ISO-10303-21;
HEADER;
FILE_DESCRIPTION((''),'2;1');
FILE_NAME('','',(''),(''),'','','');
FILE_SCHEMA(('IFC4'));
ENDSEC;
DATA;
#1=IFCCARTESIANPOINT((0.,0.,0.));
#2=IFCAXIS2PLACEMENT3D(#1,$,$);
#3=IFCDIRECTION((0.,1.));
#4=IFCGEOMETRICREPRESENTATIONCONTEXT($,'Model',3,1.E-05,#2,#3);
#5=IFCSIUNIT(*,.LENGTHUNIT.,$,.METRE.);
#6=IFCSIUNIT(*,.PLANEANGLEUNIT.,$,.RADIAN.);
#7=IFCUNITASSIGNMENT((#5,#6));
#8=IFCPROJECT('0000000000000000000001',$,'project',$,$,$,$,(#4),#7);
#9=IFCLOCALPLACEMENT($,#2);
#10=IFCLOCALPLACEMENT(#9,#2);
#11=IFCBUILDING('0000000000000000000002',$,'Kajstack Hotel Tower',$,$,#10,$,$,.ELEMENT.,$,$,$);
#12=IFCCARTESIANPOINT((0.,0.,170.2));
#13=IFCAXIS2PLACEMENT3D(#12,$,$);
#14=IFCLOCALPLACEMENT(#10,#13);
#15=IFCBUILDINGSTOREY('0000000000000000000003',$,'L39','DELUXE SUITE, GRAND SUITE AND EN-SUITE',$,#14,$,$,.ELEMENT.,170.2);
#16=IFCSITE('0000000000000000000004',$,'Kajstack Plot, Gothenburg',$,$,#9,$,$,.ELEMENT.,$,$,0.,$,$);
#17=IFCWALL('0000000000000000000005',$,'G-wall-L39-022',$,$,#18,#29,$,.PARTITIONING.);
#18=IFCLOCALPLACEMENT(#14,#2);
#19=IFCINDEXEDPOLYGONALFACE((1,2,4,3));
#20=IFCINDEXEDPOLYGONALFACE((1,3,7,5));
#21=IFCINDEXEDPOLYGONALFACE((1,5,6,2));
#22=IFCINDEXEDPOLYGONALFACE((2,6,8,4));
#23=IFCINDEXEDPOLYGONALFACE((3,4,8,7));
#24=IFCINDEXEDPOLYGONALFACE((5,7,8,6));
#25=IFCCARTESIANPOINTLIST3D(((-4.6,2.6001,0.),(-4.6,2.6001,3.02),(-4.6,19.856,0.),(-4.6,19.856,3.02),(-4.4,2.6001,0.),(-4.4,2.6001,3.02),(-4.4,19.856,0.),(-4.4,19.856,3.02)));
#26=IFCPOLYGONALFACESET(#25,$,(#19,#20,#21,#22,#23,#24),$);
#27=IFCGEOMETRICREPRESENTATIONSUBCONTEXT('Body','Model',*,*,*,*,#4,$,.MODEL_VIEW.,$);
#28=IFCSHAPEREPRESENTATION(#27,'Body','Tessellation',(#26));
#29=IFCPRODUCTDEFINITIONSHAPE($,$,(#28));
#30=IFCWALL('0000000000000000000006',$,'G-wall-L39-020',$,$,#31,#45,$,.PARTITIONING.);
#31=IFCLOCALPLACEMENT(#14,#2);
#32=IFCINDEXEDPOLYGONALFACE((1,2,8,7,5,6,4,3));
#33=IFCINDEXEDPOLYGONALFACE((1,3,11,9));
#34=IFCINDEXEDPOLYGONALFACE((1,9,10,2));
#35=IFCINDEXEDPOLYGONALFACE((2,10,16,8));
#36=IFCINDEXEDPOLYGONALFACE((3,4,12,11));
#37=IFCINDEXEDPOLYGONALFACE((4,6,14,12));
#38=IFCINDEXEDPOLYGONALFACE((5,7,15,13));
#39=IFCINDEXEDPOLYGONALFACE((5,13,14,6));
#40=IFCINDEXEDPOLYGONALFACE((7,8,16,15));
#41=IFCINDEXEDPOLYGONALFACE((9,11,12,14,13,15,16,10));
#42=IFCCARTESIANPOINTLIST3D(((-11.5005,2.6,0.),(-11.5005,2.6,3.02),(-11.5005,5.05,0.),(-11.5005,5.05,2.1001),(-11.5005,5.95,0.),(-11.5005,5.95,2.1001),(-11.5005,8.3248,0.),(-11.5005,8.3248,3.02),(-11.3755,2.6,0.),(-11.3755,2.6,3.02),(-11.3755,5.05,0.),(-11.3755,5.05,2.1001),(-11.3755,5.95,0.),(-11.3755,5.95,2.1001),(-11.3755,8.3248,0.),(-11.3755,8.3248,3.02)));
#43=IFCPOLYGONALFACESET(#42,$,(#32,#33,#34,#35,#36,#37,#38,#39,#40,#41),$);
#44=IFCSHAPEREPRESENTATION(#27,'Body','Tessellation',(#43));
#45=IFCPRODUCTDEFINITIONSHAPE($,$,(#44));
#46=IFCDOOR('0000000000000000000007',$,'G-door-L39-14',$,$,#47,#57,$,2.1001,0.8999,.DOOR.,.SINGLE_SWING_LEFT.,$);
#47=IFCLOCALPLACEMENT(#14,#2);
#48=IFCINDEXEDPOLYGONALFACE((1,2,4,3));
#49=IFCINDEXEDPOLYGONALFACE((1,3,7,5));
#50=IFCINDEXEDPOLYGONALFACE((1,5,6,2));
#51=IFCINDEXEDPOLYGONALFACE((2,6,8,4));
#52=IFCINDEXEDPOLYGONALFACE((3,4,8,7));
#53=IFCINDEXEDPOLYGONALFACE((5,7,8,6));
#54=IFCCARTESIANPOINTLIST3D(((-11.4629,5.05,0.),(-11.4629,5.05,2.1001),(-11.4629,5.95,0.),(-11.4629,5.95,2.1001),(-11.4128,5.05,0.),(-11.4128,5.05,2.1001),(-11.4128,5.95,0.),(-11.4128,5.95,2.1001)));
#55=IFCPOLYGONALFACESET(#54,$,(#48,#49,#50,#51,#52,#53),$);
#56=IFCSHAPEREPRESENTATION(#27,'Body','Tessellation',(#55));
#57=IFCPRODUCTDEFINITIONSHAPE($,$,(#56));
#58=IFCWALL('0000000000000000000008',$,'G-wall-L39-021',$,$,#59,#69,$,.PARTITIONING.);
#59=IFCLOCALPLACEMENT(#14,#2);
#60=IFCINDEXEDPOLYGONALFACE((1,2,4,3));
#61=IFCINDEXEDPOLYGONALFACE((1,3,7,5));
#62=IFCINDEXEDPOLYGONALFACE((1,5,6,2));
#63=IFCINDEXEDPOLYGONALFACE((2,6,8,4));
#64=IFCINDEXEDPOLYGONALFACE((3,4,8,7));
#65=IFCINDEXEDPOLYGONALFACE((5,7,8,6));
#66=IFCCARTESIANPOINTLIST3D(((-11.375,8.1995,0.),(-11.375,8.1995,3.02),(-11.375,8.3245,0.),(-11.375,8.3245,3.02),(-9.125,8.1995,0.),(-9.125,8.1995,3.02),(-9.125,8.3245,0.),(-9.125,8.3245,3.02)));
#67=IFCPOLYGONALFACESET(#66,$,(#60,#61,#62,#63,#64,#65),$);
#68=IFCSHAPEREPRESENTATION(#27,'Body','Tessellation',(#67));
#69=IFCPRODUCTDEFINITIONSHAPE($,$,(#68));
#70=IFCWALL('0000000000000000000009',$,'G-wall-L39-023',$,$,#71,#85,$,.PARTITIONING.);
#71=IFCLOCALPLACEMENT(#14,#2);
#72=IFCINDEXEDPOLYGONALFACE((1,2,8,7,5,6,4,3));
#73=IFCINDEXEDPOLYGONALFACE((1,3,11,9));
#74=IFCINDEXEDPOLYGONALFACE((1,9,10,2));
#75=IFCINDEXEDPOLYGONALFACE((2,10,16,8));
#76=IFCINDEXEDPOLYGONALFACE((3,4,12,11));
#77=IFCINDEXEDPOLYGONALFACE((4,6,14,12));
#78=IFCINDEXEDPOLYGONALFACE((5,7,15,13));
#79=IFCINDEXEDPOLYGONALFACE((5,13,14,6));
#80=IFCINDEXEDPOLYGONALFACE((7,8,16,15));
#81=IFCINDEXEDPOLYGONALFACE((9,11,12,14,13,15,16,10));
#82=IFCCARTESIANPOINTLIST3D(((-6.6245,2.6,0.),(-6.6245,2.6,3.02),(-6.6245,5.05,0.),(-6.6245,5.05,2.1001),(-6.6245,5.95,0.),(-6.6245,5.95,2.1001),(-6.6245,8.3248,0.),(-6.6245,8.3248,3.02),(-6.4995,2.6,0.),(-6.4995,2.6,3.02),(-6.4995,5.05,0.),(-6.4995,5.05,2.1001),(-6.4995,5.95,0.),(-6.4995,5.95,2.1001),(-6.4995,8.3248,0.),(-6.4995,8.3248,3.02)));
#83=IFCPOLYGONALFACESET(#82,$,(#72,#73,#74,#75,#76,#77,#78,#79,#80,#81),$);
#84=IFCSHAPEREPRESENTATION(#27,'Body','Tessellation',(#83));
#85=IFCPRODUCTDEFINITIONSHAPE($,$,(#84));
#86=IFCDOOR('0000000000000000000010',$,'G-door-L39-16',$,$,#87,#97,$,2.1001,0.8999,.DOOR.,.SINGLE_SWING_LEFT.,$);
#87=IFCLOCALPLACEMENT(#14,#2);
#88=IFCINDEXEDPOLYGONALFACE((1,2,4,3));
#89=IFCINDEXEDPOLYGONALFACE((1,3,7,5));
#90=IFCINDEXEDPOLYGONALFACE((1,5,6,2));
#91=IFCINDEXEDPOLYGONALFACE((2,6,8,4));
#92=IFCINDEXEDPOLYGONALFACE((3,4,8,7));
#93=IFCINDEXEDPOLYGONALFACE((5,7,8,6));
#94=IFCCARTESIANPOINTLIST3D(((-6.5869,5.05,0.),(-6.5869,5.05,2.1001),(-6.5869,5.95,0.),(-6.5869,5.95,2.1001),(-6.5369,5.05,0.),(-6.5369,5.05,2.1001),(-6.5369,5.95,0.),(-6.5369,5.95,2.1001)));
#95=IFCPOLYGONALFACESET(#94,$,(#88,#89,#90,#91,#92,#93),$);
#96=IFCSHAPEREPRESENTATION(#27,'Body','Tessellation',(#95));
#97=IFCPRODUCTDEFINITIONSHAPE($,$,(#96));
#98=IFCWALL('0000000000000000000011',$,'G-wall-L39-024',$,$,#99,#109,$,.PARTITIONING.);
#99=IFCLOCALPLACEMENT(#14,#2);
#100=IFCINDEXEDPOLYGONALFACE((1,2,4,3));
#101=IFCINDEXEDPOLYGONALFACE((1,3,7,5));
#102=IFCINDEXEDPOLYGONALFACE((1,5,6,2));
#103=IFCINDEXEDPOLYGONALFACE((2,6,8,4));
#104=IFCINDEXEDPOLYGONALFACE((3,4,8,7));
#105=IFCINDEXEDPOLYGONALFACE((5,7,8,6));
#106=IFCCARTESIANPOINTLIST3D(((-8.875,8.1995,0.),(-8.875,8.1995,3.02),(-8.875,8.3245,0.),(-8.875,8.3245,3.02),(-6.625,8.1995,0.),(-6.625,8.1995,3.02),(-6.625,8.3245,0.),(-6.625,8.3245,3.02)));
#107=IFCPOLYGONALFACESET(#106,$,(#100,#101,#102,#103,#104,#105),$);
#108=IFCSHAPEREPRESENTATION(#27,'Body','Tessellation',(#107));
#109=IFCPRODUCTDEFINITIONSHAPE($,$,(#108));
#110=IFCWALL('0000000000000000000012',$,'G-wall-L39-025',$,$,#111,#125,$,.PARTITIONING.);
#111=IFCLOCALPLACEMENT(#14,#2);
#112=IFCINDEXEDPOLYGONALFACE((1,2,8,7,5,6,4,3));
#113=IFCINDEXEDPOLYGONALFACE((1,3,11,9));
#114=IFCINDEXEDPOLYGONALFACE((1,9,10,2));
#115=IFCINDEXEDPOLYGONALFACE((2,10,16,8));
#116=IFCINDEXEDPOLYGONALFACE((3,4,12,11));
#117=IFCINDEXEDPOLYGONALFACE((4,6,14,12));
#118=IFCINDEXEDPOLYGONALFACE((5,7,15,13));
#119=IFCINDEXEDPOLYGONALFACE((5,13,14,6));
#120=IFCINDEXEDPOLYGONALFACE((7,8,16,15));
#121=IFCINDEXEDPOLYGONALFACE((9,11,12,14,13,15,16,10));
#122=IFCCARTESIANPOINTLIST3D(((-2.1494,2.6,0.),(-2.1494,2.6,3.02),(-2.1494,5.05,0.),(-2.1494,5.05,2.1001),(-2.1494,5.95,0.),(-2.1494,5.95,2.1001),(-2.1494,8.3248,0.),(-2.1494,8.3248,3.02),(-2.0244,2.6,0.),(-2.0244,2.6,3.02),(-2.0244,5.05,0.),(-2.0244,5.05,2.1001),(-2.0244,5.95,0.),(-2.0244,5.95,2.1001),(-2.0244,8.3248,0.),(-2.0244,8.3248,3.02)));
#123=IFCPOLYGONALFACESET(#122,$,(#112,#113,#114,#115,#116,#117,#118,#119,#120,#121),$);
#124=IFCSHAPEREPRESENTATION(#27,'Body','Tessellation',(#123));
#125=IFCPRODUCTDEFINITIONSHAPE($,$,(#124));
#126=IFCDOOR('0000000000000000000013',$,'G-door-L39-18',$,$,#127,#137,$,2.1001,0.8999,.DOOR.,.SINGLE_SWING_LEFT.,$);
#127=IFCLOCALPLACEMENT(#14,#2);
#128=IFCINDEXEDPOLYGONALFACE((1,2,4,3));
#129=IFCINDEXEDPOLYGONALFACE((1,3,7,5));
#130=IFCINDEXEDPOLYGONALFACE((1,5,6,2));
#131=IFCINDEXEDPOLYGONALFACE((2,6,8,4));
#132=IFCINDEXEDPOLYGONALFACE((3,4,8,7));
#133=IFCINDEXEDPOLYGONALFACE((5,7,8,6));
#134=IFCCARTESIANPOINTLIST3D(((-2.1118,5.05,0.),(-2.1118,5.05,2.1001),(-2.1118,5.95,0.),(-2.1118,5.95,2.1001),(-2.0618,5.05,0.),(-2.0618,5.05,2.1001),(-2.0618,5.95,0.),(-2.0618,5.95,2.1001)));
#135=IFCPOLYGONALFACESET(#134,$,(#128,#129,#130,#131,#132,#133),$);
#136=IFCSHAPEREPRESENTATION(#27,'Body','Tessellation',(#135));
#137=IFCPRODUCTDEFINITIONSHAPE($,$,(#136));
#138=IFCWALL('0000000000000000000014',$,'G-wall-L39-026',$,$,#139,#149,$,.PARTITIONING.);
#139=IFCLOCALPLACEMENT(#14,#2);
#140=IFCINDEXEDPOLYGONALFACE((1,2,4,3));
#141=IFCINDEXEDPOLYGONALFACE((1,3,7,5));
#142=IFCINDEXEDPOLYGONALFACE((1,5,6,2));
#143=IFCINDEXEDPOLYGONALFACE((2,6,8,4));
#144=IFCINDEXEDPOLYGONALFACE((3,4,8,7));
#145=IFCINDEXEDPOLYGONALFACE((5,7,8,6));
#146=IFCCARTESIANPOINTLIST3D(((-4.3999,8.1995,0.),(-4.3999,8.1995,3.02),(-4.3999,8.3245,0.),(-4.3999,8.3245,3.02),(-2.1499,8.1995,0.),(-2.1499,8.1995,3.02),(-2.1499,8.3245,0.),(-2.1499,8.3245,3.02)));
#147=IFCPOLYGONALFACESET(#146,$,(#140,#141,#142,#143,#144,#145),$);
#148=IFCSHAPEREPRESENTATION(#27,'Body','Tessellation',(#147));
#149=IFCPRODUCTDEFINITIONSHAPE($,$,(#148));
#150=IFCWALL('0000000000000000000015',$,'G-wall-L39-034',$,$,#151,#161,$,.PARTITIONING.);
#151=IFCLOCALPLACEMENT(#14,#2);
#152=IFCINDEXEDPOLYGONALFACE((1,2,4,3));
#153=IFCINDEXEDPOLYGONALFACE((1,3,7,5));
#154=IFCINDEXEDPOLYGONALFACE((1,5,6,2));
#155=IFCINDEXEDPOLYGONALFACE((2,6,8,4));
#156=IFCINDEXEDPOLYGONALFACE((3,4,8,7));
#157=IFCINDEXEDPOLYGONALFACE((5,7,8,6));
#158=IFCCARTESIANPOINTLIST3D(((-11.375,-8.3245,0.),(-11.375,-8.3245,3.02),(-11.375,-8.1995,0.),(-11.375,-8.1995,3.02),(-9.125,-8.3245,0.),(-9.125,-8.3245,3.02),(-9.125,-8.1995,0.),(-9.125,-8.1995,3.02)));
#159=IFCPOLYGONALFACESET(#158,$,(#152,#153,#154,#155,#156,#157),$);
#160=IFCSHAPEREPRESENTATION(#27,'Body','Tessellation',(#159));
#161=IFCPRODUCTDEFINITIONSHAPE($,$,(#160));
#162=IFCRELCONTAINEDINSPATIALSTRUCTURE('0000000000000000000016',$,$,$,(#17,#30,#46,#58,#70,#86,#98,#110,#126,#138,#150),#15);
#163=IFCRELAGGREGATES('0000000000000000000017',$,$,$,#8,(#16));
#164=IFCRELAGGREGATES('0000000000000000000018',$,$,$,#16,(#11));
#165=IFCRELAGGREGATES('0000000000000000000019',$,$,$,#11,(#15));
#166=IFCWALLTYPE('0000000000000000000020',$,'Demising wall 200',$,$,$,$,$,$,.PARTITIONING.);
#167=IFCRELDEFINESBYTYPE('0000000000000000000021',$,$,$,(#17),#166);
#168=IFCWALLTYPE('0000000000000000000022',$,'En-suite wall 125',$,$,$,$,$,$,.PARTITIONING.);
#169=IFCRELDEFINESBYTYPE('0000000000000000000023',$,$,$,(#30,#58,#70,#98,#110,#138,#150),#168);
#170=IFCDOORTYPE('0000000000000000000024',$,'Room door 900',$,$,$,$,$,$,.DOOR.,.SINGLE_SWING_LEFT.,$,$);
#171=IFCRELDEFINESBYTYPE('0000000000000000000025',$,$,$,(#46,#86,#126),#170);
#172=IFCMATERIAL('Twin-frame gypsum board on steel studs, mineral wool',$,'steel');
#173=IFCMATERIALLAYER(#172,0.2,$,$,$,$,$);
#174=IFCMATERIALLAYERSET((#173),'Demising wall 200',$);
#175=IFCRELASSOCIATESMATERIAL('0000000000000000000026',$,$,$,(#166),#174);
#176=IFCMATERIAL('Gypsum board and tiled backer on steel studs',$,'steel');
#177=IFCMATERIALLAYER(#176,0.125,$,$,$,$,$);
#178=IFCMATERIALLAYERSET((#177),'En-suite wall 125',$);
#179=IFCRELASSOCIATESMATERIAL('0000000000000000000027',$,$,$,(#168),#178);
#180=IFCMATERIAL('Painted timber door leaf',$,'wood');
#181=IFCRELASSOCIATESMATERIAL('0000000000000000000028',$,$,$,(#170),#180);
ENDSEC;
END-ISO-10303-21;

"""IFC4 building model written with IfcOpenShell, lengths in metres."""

from ifc_helpers import new_model, si_unit, direction, frame, frame_2d, origin, place, context, subcontext, project, spatial, rectangle, extrude, material, layer, layer_set, type_object, element, fill, save


model = new_model("IFC4")

# Units and contexts
model_context = context("Model", 3, precision=1e-05, world=origin(), true_north=direction((0.0, 1.0)))
body_context = subcontext(model_context, "Body", "Model", "MODEL_VIEW")
ifc_project = project(units=[si_unit("LENGTHUNIT", "METRE"), si_unit("PLANEANGLEUNIT", "RADIAN")], contexts=[model_context])

# Site, building, storey
site_placement = place(None, origin())
site = spatial("IfcSite", under=ifc_project, at=site_placement, Name="Kajstack Plot, Gothenburg", CompositionType="ELEMENT", RefElevation=0.0)
building_placement = place(site_placement, origin())
building = spatial("IfcBuilding", under=site, at=building_placement, Name="Kajstack Hotel Tower", CompositionType="ELEMENT")
storey_placement = place(building_placement, frame((0.0, 0.0, 170.2)))
storey = spatial("IfcBuildingStorey", under=building, at=storey_placement, Name="L39", Description="DELUXE SUITE, GRAND SUITE AND EN-SUITE", CompositionType="ELEMENT", Elevation=170.2)

# Wall
ifc_material_1 = material(Name="Twin-frame gypsum board on steel studs, mineral wool", Category="steel")
ifc_layer_1 = layer(ifc_material_1, 0.2)
ifc_layer_set_1 = layer_set([ifc_layer_1], Name="Demising wall 200")
wall_type_1 = type_object("IfcWallType", Name="Demising wall 200", PredefinedType="PARTITIONING", material=ifc_layer_set_1)
wall_1_placement = place(storey_placement, frame((-4.5, 2.6001, 0.0), z_axis=(0.0, 0.0, 1.0), x_axis=(0.0, 1.0, 0.0)))
element("IfcWall", 1, at=wall_1_placement, inside=storey, type_object=wall_type_1, Name="G-wall-L39-022", PredefinedType="PARTITIONING", context=body_context, shape_type="SweptSolid", body=[
    extrude(rectangle(XDim=17.2559, YDim=0.2, at=frame_2d((8.6279, 0.0))), origin(), (0.0, 0.0, 1.0), 3.02),
])

# Wall, opening, door
ifc_material_2 = material(Name="Gypsum board and tiled backer on steel studs", Category="steel")
ifc_layer_2 = layer(ifc_material_2, 0.125)
ifc_layer_set_2 = layer_set([ifc_layer_2], Name="En-suite wall 125")
wall_type_2 = type_object("IfcWallType", Name="En-suite wall 125", PredefinedType="PARTITIONING", material=ifc_layer_set_2)
wall_2_placement = place(storey_placement, frame((-11.438, 2.6001, 0.0), z_axis=(0.0, 0.0, 1.0), x_axis=(0.0, 1.0, 0.0)))
wall_2 = element("IfcWall", 2, at=wall_2_placement, inside=storey, type_object=wall_type_2, Name="G-wall-L39-020", PredefinedType="PARTITIONING", context=body_context, shape_type="SweptSolid", body=[
    extrude(rectangle(XDim=5.7249, YDim=0.125, at=frame_2d((2.8623, 0.0))), origin(), (0.0, 0.0, 1.0), 3.02),
])
opening_1_placement = place(wall_2_placement, frame((2.45, 0.0, 0.0)))
opening_1 = element("IfcOpeningElement", 3, at=opening_1_placement, cuts=wall_2, PredefinedType="OPENING", context=body_context, shape_type="SweptSolid", body=[
    extrude(rectangle(XDim=0.8999, YDim=2.1001, at=frame_2d((0.45, 1.05))), frame((0.0, 0.0725, 0.0), z_axis=(0.0, -1.0, 0.0), x_axis=(1.0, 0.0, 0.0)), (0.0, 0.0, 1.0), 0.145),
])
ifc_material_3 = material(Name="Painted timber door leaf", Category="wood")
door_type = type_object("IfcDoorType", Name="Room door 900", OperationType="SINGLE_SWING_LEFT", PredefinedType="DOOR", material=ifc_material_3)
door_1_placement = place(opening_1_placement, origin())
door_1 = element("IfcDoor", 4, at=door_1_placement, inside=storey, type_object=door_type, Name="G-door-L39-14", OperationType="SINGLE_SWING_LEFT", OverallHeight=2.1001, OverallWidth=0.8999, PredefinedType="DOOR", context=body_context, shape_type="SweptSolid", body=[
    extrude(rectangle(XDim=0.8999, YDim=2.1001, at=frame_2d((0.45, 1.05))), frame((0.0, 0.0249, 0.0), z_axis=(0.0, -1.0, 0.0), x_axis=(1.0, 0.0, 0.0)), (0.0, 0.0, 1.0), 0.05),
])
fill(opening_1, door_1)

# Wall
wall_3_placement = place(storey_placement, frame((-11.375, 8.262, 0.0), z_axis=(0.0, 0.0, 1.0), x_axis=(1.0, 0.0, 0.0)))
element("IfcWall", 5, at=wall_3_placement, inside=storey, type_object=wall_type_2, Name="G-wall-L39-021", PredefinedType="PARTITIONING", context=body_context, shape_type="SweptSolid", body=[
    extrude(rectangle(XDim=2.25, YDim=0.125, at=frame_2d((1.125, 0.0))), origin(), (0.0, 0.0, 1.0), 3.02),
])

# Wall, opening, door
wall_4_placement = place(storey_placement, frame((-6.562, 2.6001, 0.0), z_axis=(0.0, 0.0, 1.0), x_axis=(0.0, 1.0, 0.0)))
wall_4 = element("IfcWall", 6, at=wall_4_placement, inside=storey, type_object=wall_type_2, Name="G-wall-L39-023", PredefinedType="PARTITIONING", context=body_context, shape_type="SweptSolid", body=[
    extrude(rectangle(XDim=5.7249, YDim=0.125, at=frame_2d((2.8623, 0.0))), origin(), (0.0, 0.0, 1.0), 3.02),
])
opening_2_placement = place(wall_4_placement, frame((2.45, 0.0, 0.0)))
opening_2 = element("IfcOpeningElement", 7, at=opening_2_placement, cuts=wall_4, PredefinedType="OPENING", context=body_context, shape_type="SweptSolid", body=[
    extrude(rectangle(XDim=0.8999, YDim=2.1001, at=frame_2d((0.45, 1.05))), frame((0.0, 0.0725, 0.0), z_axis=(0.0, -1.0, 0.0), x_axis=(1.0, 0.0, 0.0)), (0.0, 0.0, 1.0), 0.145),
])
door_2_placement = place(opening_2_placement, origin())
door_2 = element("IfcDoor", 8, at=door_2_placement, inside=storey, type_object=door_type, Name="G-door-L39-16", OperationType="SINGLE_SWING_LEFT", OverallHeight=2.1001, OverallWidth=0.8999, PredefinedType="DOOR", context=body_context, shape_type="SweptSolid", body=[
    extrude(rectangle(XDim=0.8999, YDim=2.1001, at=frame_2d((0.45, 1.05))), frame((0.0, 0.0249, 0.0), z_axis=(0.0, -1.0, 0.0), x_axis=(1.0, 0.0, 0.0)), (0.0, 0.0, 1.0), 0.05),
])
fill(opening_2, door_2)

# Wall
wall_5_placement = place(storey_placement, frame((-8.875, 8.262, 0.0), z_axis=(0.0, 0.0, 1.0), x_axis=(1.0, 0.0, 0.0)))
element("IfcWall", 9, at=wall_5_placement, inside=storey, type_object=wall_type_2, Name="G-wall-L39-024", PredefinedType="PARTITIONING", context=body_context, shape_type="SweptSolid", body=[
    extrude(rectangle(XDim=2.25, YDim=0.125, at=frame_2d((1.125, 0.0))), origin(), (0.0, 0.0, 1.0), 3.02),
])

# Wall, opening, door
wall_6_placement = place(storey_placement, frame((-2.0869, 2.6001, 0.0), z_axis=(0.0, 0.0, 1.0), x_axis=(0.0, 1.0, 0.0)))
wall_6 = element("IfcWall", 10, at=wall_6_placement, inside=storey, type_object=wall_type_2, Name="G-wall-L39-025", PredefinedType="PARTITIONING", context=body_context, shape_type="SweptSolid", body=[
    extrude(rectangle(XDim=5.7249, YDim=0.125, at=frame_2d((2.8623, 0.0))), origin(), (0.0, 0.0, 1.0), 3.02),
])
opening_3_placement = place(wall_6_placement, frame((2.45, 0.0, 0.0)))
opening_3 = element("IfcOpeningElement", 11, at=opening_3_placement, cuts=wall_6, PredefinedType="OPENING", context=body_context, shape_type="SweptSolid", body=[
    extrude(rectangle(XDim=0.8999, YDim=2.1001, at=frame_2d((0.45, 1.05))), frame((0.0, 0.0725, 0.0), z_axis=(0.0, -1.0, 0.0), x_axis=(1.0, 0.0, 0.0)), (0.0, 0.0, 1.0), 0.145),
])
door_3_placement = place(opening_3_placement, origin())
door_3 = element("IfcDoor", 12, at=door_3_placement, inside=storey, type_object=door_type, Name="G-door-L39-18", OperationType="SINGLE_SWING_LEFT", OverallHeight=2.1001, OverallWidth=0.8999, PredefinedType="DOOR", context=body_context, shape_type="SweptSolid", body=[
    extrude(rectangle(XDim=0.8999, YDim=2.1001, at=frame_2d((0.45, 1.05))), frame((0.0, 0.0249, 0.0), z_axis=(0.0, -1.0, 0.0), x_axis=(1.0, 0.0, 0.0)), (0.0, 0.0, 1.0), 0.05),
])
fill(opening_3, door_3)

# Walls
for number, where, z_axis, x_axis, name in (
    (13, (-4.3999, 8.262, 0.0), (0.0, 0.0, 1.0), (1.0, 0.0, 0.0), "G-wall-L39-026"),
    (14, (-11.375, -8.262, 0.0), (0.0, 0.0, 1.0), (1.0, 0.0, 0.0), "G-wall-L39-034"),
):
    element("IfcWall", number, at=place(storey_placement, frame(where, z_axis=z_axis, x_axis=x_axis)), inside=storey, type_object=wall_type_2, Name=name, PredefinedType="PARTITIONING", context=body_context, shape_type="SweptSolid", body=[
        extrude(rectangle(XDim=2.25, YDim=0.125, at=frame_2d((1.125, 0.0))), origin(), (0.0, 0.0, 1.0), 3.02),
    ])

save(model, "model.ifc")
